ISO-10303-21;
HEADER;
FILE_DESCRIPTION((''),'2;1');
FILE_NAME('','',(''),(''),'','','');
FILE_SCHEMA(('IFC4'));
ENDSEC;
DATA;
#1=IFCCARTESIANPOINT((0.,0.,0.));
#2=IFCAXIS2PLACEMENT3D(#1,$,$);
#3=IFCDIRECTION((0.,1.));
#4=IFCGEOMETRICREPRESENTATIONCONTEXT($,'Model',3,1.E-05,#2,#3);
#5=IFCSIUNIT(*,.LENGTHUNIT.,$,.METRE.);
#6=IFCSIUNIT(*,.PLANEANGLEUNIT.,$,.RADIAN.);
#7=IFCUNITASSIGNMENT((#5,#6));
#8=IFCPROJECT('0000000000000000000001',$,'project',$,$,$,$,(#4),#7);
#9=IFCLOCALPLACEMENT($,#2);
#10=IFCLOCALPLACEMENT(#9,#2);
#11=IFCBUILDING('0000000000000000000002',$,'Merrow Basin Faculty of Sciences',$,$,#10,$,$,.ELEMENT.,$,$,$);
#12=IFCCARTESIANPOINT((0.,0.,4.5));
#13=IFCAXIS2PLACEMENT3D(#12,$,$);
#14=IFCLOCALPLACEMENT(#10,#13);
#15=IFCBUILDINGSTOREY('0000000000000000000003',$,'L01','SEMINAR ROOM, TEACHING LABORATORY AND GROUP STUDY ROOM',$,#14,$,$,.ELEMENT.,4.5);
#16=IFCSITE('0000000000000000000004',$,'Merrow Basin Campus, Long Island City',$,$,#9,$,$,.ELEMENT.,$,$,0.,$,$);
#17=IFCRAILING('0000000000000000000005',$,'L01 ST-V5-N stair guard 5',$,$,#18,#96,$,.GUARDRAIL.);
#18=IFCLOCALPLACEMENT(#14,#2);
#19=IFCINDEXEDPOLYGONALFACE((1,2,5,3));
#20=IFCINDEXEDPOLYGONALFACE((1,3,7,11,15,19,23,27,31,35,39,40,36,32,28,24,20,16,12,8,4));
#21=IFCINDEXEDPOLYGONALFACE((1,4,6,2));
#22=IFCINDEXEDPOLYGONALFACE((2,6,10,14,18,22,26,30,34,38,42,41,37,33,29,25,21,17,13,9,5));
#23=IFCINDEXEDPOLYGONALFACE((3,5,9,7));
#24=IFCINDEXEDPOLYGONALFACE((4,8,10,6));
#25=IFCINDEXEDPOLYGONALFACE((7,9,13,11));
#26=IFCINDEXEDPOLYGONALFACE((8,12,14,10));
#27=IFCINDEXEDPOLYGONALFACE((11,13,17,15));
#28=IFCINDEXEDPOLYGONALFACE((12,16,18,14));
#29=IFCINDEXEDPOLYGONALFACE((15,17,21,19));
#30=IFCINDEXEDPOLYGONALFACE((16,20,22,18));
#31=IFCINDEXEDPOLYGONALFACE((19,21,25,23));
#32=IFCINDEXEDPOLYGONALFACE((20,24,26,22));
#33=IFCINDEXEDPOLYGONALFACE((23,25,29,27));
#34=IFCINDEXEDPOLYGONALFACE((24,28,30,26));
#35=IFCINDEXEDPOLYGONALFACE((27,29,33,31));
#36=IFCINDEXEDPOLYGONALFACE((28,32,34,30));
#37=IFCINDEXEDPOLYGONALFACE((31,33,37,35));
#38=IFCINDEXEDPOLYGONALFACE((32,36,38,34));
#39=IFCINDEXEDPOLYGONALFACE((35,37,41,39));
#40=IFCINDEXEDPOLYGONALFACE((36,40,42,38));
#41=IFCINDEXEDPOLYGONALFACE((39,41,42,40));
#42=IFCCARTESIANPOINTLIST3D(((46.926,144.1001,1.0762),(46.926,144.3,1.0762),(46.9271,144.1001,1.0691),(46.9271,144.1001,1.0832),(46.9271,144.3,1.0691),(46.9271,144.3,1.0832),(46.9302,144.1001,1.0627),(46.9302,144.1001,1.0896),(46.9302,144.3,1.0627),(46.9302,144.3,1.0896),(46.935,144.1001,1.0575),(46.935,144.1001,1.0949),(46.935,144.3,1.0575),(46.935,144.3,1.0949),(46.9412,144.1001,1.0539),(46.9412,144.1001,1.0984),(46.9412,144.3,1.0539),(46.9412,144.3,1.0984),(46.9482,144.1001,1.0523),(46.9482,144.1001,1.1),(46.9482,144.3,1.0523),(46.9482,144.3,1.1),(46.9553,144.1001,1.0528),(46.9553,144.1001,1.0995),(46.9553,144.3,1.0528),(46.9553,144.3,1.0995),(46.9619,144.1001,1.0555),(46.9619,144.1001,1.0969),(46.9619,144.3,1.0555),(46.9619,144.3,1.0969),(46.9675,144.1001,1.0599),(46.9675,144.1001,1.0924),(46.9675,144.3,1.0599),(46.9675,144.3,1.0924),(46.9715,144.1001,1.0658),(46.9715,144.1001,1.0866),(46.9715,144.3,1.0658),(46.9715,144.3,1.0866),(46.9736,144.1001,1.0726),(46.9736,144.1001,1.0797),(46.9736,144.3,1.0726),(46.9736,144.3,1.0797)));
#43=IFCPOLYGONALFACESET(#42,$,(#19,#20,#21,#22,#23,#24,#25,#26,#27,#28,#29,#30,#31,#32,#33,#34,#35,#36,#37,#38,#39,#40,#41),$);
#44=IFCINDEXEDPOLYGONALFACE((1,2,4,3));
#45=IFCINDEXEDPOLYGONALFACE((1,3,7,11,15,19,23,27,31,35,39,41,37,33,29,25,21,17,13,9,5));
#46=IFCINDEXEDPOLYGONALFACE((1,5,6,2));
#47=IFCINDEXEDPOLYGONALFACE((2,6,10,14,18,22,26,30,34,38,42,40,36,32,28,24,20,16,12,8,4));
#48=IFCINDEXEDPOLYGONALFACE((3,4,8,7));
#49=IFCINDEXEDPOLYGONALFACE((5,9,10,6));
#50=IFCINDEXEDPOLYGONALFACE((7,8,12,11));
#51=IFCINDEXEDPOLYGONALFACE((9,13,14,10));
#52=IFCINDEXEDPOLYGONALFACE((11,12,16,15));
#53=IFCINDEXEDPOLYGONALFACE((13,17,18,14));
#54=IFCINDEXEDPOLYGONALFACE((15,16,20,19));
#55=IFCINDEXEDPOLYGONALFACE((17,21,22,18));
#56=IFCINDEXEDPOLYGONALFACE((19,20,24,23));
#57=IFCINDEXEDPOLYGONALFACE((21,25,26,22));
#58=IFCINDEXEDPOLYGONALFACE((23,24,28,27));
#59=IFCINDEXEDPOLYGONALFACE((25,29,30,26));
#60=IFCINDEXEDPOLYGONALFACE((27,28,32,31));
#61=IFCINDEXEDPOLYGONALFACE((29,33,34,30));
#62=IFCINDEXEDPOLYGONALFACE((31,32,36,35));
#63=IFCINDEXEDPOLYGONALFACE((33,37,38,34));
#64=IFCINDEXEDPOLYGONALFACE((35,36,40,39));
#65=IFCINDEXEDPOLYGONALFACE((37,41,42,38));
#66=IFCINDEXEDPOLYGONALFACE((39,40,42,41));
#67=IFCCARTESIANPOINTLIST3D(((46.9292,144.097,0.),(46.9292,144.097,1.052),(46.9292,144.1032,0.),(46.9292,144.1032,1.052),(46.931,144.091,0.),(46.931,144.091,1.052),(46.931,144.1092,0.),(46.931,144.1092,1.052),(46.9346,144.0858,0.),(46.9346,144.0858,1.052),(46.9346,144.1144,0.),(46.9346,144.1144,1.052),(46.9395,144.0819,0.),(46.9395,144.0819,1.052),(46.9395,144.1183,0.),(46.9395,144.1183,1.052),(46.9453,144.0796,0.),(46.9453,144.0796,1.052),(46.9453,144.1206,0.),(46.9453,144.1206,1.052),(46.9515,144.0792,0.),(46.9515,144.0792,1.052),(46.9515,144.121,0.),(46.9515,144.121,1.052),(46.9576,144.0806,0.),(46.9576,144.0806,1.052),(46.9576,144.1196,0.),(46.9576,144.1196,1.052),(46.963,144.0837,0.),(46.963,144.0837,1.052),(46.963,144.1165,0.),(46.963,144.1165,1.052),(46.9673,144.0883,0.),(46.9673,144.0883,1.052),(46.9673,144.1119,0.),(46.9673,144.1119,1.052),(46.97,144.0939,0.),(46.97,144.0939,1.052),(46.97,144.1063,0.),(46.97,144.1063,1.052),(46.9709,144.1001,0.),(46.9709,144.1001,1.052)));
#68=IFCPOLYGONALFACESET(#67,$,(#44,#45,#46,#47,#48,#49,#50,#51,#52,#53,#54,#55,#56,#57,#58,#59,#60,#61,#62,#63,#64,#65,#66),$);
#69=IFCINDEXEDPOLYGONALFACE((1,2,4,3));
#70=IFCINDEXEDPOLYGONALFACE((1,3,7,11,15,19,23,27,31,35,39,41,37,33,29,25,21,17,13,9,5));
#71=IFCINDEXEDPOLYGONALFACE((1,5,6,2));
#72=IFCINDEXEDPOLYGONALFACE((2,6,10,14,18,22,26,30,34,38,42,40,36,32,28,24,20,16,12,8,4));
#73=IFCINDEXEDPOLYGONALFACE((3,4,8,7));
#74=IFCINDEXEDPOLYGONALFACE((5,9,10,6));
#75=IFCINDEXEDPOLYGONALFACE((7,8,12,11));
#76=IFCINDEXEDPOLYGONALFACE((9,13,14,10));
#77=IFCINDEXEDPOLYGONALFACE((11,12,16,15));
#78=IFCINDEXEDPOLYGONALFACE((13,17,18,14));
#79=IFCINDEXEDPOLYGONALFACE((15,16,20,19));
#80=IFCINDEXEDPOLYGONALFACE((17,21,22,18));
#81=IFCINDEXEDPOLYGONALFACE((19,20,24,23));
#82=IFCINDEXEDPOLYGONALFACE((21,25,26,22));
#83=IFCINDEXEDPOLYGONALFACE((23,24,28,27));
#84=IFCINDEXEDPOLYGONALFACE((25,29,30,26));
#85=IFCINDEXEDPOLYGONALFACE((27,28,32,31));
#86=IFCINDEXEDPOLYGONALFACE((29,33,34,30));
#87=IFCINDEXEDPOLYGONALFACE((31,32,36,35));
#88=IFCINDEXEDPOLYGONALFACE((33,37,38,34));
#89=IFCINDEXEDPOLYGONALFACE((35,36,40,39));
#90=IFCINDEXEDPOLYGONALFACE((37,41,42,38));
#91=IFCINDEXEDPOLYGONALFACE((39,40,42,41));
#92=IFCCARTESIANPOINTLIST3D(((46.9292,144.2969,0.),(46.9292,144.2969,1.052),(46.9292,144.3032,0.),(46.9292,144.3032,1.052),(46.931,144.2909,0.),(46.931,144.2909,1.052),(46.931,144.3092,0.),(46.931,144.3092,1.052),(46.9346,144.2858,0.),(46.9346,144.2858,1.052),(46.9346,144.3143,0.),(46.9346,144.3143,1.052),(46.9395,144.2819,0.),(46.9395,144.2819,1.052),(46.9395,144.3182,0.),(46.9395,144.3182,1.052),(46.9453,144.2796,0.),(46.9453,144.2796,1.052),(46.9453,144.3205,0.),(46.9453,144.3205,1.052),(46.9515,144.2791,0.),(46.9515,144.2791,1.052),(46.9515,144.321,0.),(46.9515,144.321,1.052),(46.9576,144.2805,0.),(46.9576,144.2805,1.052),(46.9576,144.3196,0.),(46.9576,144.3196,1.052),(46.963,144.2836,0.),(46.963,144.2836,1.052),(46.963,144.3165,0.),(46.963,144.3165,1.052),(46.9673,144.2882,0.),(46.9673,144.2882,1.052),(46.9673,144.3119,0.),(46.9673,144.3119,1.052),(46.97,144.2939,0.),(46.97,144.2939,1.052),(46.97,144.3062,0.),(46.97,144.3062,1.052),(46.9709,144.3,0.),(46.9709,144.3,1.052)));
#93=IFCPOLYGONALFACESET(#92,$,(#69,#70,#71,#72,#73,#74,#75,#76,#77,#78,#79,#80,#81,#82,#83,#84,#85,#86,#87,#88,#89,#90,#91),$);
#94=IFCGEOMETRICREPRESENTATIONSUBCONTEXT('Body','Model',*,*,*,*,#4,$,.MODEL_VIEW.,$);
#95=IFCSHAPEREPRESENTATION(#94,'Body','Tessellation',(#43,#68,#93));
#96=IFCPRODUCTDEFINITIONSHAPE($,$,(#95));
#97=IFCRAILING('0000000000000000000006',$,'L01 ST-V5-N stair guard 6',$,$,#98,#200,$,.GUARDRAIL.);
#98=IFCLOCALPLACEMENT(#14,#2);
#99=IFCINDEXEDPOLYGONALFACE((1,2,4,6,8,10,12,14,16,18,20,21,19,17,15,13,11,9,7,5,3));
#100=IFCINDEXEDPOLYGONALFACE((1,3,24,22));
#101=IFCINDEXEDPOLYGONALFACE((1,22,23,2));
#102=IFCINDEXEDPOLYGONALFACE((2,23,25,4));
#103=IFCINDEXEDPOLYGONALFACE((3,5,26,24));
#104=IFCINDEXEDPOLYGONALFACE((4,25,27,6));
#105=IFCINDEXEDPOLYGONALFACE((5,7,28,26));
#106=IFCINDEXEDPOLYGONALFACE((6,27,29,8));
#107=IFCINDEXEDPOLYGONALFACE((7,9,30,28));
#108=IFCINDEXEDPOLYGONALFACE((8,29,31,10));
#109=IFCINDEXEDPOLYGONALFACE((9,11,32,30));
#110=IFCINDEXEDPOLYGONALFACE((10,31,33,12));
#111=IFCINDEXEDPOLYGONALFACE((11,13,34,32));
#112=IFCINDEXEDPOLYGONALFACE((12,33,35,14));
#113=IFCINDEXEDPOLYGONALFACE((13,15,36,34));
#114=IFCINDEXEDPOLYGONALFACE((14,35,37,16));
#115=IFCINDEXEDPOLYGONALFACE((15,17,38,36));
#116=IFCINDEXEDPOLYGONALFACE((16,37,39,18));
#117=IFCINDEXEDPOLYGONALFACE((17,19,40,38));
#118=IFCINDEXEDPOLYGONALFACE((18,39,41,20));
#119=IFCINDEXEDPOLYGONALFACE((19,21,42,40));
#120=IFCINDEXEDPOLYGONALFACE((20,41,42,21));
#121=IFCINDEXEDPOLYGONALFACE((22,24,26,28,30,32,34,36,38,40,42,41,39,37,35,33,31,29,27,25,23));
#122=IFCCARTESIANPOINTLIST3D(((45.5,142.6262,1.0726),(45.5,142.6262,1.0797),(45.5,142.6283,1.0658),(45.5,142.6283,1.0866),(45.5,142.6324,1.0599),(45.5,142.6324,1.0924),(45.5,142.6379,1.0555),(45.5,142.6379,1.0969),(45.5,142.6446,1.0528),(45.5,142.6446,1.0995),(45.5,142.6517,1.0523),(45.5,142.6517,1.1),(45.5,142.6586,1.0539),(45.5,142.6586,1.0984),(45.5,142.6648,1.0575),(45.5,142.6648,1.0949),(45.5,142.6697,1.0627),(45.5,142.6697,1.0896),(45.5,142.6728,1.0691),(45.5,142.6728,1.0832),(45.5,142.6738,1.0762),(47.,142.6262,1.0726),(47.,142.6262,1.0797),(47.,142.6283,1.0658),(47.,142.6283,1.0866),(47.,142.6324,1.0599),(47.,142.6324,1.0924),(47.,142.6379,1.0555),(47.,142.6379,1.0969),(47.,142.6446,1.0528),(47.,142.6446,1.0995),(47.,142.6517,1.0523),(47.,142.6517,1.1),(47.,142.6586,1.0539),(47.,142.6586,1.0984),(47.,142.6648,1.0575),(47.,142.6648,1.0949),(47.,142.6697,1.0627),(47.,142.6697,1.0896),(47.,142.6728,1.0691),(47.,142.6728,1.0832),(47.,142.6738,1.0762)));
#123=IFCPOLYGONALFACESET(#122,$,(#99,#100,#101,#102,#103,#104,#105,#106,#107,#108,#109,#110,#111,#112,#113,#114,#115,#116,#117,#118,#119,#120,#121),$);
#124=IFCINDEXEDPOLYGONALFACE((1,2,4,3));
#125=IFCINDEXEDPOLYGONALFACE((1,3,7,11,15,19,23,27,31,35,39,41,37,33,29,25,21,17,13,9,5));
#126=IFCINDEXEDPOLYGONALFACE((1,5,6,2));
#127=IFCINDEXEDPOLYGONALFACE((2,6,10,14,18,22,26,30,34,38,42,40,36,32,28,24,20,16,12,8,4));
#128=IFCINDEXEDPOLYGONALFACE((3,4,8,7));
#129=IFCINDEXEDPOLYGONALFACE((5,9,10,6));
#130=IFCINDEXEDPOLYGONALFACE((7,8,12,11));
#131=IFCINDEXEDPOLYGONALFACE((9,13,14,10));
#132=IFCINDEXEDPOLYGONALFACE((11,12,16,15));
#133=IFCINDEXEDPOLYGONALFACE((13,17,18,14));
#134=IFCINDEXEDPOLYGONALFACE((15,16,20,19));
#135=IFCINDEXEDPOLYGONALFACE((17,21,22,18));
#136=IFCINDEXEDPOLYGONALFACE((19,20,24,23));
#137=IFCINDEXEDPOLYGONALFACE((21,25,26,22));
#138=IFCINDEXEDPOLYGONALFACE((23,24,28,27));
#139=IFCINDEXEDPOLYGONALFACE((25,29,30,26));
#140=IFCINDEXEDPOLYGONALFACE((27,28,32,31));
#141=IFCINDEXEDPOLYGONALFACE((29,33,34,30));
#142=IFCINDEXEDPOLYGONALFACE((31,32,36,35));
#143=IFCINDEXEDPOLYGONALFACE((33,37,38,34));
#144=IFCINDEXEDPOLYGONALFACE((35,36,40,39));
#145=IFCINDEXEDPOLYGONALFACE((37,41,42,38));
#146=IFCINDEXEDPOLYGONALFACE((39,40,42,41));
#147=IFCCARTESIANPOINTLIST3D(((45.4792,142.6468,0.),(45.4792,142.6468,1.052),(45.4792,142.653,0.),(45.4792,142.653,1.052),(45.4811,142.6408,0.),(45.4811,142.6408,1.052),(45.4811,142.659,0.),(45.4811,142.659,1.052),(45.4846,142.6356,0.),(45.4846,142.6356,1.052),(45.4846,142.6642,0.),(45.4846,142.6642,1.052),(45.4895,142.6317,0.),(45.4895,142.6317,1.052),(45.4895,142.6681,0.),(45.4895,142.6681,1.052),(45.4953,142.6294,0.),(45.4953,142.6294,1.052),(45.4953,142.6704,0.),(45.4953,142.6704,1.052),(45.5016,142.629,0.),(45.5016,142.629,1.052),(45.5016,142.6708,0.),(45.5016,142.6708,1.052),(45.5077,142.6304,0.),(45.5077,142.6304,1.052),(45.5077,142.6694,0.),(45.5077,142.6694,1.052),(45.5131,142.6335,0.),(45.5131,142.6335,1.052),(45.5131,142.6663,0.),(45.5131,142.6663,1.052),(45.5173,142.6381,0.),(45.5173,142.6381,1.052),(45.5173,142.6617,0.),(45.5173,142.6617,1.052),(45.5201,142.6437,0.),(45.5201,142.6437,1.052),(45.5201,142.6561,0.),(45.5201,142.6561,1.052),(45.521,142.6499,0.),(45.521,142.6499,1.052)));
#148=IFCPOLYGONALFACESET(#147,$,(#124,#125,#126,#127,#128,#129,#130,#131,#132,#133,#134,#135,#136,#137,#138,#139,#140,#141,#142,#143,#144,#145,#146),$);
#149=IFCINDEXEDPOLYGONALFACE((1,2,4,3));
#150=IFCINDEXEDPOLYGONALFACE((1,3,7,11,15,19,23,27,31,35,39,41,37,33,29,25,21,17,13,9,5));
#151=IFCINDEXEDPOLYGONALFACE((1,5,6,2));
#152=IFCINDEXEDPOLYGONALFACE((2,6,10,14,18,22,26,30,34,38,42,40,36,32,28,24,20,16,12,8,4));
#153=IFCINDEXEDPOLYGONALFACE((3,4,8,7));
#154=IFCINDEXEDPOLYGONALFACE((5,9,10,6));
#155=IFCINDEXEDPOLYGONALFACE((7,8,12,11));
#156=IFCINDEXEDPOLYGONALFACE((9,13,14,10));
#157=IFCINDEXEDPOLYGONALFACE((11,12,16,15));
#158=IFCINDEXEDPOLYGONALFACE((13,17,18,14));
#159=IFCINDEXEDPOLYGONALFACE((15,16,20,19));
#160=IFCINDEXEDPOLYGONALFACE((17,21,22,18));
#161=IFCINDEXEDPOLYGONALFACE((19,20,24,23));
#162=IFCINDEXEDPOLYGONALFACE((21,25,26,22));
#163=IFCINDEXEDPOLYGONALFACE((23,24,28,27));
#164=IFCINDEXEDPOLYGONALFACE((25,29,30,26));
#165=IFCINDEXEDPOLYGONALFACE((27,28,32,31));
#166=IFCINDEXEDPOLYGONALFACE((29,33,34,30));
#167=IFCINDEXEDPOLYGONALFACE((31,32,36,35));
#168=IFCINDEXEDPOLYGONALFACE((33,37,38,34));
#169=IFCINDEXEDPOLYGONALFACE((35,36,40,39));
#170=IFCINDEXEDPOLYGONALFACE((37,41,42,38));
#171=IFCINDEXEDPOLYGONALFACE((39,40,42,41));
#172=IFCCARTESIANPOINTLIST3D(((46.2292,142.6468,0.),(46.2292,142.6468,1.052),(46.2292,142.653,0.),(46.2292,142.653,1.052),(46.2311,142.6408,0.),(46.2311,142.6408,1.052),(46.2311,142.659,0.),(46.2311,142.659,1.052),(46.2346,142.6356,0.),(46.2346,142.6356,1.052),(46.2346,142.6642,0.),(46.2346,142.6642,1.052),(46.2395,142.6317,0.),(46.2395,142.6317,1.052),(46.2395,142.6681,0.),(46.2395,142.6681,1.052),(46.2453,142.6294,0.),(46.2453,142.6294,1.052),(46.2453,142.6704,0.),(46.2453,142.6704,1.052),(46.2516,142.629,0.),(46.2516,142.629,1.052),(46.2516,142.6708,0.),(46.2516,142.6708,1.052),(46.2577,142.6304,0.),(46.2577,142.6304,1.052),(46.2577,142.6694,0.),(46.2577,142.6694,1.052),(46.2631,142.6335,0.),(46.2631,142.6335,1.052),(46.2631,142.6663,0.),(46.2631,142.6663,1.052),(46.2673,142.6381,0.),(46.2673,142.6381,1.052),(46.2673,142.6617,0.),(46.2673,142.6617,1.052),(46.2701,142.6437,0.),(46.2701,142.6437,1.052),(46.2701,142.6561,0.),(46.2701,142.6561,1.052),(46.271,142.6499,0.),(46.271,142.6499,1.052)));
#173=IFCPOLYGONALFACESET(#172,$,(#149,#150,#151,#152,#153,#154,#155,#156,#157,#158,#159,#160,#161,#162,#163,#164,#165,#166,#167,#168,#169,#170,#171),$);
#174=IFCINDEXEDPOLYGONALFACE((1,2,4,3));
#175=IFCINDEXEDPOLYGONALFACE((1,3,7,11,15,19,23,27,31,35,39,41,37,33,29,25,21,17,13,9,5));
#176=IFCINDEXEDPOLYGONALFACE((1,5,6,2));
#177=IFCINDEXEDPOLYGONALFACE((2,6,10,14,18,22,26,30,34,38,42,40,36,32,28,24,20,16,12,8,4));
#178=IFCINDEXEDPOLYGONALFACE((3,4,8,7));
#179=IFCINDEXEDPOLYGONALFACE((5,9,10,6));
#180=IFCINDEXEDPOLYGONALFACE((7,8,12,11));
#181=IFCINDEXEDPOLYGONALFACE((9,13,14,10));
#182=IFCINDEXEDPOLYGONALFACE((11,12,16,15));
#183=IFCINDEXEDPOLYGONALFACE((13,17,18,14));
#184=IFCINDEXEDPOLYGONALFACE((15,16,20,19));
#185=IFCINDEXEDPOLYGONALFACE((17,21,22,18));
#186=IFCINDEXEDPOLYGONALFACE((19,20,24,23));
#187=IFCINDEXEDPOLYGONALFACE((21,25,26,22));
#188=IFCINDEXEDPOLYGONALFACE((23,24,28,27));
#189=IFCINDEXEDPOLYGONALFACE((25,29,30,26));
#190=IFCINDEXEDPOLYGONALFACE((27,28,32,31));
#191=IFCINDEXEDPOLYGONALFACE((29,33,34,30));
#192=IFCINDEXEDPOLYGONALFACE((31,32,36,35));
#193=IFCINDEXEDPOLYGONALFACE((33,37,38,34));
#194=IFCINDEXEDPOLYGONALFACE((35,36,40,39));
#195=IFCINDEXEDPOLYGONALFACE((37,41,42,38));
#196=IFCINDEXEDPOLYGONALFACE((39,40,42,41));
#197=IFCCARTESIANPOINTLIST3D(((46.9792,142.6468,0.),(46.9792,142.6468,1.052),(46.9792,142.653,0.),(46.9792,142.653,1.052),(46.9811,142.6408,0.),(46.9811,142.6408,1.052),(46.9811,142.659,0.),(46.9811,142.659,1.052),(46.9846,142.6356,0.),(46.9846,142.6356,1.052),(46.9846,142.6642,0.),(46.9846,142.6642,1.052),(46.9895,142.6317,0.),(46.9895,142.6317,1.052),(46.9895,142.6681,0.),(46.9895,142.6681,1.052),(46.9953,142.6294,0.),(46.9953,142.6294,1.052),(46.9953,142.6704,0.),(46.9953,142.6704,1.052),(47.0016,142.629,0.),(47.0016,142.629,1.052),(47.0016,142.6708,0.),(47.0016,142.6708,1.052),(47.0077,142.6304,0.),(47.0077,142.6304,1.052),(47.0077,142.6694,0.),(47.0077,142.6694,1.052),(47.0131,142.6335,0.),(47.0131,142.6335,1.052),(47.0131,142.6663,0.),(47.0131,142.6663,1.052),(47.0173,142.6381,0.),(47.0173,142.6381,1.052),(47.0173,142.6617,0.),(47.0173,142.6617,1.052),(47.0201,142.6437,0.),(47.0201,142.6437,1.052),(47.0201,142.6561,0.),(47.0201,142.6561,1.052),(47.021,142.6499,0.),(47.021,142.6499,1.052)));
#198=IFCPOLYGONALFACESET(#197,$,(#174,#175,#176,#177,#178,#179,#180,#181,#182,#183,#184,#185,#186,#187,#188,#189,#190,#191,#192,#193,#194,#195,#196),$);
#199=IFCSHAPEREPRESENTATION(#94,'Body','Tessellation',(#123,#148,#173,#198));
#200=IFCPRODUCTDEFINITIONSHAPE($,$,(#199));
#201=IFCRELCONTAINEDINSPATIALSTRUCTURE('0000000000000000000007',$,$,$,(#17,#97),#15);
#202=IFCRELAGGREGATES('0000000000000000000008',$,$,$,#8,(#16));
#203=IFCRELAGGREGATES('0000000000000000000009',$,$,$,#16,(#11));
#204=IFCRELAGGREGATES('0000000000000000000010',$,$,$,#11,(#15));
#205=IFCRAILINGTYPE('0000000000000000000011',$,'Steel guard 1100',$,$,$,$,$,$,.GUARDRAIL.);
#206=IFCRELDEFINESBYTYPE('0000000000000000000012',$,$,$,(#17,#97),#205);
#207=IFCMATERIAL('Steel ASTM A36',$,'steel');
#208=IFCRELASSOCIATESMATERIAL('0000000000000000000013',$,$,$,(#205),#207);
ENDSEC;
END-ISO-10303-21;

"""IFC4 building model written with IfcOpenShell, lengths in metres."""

from ifc_helpers import new_model, si_unit, direction, frame, origin, origin_2d, place, context, subcontext, project, spatial, circle, extrude, material, type_object, element, save


model = new_model("IFC4")

# Units and contexts
model_context = context("Model", 3, precision=1e-05, world=origin(), true_north=direction((0.0, 1.0)))
body_context = subcontext(model_context, "Body", "Model", "MODEL_VIEW")
ifc_project = project(units=[si_unit("LENGTHUNIT", "METRE"), si_unit("PLANEANGLEUNIT", "RADIAN")], contexts=[model_context])

# Site, building, storey
site_placement = place(None, origin())
site = spatial("IfcSite", under=ifc_project, at=site_placement, Name="Merrow Basin Campus, Long Island City", CompositionType="ELEMENT", RefElevation=0.0)
building_placement = place(site_placement, origin())
building = spatial("IfcBuilding", under=site, at=building_placement, Name="Merrow Basin Faculty of Sciences", CompositionType="ELEMENT")
storey_placement = place(building_placement, frame((0.0, 0.0, 4.5)))
storey = spatial("IfcBuildingStorey", under=building, at=storey_placement, Name="L01", Description="SEMINAR ROOM, TEACHING LABORATORY AND GROUP STUDY ROOM", CompositionType="ELEMENT", Elevation=4.5)

# Railings
ifc_material_1 = material(Name="Steel ASTM A36", Category="steel")
railing_type_1 = type_object("IfcRailingType", Name="Steel guard 1100", PredefinedType="GUARDRAIL", material=ifc_material_1)
railing_1_placement = place(storey_placement, frame((46.95, 144.1001, 0.0)))
element("IfcRailing", 1, at=railing_1_placement, inside=storey, type_object=railing_type_1, Name="L01 ST-V5-N stair guard 5", PredefinedType="GUARDRAIL", context=body_context, shape_type="SweptSolid", body=[
    extrude(circle(Radius=0.0239, at=origin_2d()), frame((0.0, 0.0, 1.0762), z_axis=(0.0, 1.0, 0.0), x_axis=(-1.0, 0.0, 0.0)), (0.0, 0.0, 1.0), 0.2),
    extrude(circle(Radius=0.021, at=origin_2d()), origin(), (0.0, 0.0, 1.0), 1.052),
    extrude(circle(Radius=0.021, at=origin_2d()), frame((0.0, 0.2, 0.0)), (0.0, 0.0, 1.0), 1.052),
])
railing_2_placement = place(storey_placement, frame((45.5, 142.6499, 0.0)))
element("IfcRailing", 2, at=railing_2_placement, inside=storey, type_object=railing_type_1, Name="L01 ST-V5-N stair guard 6", PredefinedType="GUARDRAIL", context=body_context, shape_type="SweptSolid", body=[
    extrude(circle(Radius=0.0239, at=origin_2d()), frame((0.0, 0.0, 1.0762), z_axis=(1.0, 0.0, 0.0), x_axis=(0.0, 1.0, 0.0)), (0.0, 0.0, 1.0), 1.5),
    extrude(circle(Radius=0.021, at=origin_2d()), origin(), (0.0, 0.0, 1.0), 1.052),
    extrude(circle(Radius=0.021, at=origin_2d()), frame((0.75, 0.0, 0.0)), (0.0, 0.0, 1.0), 1.052),
    extrude(circle(Radius=0.021, at=origin_2d()), frame((1.5, 0.0, 0.0)), (0.0, 0.0, 1.0), 1.052),
])

save(model, "model.ifc")
